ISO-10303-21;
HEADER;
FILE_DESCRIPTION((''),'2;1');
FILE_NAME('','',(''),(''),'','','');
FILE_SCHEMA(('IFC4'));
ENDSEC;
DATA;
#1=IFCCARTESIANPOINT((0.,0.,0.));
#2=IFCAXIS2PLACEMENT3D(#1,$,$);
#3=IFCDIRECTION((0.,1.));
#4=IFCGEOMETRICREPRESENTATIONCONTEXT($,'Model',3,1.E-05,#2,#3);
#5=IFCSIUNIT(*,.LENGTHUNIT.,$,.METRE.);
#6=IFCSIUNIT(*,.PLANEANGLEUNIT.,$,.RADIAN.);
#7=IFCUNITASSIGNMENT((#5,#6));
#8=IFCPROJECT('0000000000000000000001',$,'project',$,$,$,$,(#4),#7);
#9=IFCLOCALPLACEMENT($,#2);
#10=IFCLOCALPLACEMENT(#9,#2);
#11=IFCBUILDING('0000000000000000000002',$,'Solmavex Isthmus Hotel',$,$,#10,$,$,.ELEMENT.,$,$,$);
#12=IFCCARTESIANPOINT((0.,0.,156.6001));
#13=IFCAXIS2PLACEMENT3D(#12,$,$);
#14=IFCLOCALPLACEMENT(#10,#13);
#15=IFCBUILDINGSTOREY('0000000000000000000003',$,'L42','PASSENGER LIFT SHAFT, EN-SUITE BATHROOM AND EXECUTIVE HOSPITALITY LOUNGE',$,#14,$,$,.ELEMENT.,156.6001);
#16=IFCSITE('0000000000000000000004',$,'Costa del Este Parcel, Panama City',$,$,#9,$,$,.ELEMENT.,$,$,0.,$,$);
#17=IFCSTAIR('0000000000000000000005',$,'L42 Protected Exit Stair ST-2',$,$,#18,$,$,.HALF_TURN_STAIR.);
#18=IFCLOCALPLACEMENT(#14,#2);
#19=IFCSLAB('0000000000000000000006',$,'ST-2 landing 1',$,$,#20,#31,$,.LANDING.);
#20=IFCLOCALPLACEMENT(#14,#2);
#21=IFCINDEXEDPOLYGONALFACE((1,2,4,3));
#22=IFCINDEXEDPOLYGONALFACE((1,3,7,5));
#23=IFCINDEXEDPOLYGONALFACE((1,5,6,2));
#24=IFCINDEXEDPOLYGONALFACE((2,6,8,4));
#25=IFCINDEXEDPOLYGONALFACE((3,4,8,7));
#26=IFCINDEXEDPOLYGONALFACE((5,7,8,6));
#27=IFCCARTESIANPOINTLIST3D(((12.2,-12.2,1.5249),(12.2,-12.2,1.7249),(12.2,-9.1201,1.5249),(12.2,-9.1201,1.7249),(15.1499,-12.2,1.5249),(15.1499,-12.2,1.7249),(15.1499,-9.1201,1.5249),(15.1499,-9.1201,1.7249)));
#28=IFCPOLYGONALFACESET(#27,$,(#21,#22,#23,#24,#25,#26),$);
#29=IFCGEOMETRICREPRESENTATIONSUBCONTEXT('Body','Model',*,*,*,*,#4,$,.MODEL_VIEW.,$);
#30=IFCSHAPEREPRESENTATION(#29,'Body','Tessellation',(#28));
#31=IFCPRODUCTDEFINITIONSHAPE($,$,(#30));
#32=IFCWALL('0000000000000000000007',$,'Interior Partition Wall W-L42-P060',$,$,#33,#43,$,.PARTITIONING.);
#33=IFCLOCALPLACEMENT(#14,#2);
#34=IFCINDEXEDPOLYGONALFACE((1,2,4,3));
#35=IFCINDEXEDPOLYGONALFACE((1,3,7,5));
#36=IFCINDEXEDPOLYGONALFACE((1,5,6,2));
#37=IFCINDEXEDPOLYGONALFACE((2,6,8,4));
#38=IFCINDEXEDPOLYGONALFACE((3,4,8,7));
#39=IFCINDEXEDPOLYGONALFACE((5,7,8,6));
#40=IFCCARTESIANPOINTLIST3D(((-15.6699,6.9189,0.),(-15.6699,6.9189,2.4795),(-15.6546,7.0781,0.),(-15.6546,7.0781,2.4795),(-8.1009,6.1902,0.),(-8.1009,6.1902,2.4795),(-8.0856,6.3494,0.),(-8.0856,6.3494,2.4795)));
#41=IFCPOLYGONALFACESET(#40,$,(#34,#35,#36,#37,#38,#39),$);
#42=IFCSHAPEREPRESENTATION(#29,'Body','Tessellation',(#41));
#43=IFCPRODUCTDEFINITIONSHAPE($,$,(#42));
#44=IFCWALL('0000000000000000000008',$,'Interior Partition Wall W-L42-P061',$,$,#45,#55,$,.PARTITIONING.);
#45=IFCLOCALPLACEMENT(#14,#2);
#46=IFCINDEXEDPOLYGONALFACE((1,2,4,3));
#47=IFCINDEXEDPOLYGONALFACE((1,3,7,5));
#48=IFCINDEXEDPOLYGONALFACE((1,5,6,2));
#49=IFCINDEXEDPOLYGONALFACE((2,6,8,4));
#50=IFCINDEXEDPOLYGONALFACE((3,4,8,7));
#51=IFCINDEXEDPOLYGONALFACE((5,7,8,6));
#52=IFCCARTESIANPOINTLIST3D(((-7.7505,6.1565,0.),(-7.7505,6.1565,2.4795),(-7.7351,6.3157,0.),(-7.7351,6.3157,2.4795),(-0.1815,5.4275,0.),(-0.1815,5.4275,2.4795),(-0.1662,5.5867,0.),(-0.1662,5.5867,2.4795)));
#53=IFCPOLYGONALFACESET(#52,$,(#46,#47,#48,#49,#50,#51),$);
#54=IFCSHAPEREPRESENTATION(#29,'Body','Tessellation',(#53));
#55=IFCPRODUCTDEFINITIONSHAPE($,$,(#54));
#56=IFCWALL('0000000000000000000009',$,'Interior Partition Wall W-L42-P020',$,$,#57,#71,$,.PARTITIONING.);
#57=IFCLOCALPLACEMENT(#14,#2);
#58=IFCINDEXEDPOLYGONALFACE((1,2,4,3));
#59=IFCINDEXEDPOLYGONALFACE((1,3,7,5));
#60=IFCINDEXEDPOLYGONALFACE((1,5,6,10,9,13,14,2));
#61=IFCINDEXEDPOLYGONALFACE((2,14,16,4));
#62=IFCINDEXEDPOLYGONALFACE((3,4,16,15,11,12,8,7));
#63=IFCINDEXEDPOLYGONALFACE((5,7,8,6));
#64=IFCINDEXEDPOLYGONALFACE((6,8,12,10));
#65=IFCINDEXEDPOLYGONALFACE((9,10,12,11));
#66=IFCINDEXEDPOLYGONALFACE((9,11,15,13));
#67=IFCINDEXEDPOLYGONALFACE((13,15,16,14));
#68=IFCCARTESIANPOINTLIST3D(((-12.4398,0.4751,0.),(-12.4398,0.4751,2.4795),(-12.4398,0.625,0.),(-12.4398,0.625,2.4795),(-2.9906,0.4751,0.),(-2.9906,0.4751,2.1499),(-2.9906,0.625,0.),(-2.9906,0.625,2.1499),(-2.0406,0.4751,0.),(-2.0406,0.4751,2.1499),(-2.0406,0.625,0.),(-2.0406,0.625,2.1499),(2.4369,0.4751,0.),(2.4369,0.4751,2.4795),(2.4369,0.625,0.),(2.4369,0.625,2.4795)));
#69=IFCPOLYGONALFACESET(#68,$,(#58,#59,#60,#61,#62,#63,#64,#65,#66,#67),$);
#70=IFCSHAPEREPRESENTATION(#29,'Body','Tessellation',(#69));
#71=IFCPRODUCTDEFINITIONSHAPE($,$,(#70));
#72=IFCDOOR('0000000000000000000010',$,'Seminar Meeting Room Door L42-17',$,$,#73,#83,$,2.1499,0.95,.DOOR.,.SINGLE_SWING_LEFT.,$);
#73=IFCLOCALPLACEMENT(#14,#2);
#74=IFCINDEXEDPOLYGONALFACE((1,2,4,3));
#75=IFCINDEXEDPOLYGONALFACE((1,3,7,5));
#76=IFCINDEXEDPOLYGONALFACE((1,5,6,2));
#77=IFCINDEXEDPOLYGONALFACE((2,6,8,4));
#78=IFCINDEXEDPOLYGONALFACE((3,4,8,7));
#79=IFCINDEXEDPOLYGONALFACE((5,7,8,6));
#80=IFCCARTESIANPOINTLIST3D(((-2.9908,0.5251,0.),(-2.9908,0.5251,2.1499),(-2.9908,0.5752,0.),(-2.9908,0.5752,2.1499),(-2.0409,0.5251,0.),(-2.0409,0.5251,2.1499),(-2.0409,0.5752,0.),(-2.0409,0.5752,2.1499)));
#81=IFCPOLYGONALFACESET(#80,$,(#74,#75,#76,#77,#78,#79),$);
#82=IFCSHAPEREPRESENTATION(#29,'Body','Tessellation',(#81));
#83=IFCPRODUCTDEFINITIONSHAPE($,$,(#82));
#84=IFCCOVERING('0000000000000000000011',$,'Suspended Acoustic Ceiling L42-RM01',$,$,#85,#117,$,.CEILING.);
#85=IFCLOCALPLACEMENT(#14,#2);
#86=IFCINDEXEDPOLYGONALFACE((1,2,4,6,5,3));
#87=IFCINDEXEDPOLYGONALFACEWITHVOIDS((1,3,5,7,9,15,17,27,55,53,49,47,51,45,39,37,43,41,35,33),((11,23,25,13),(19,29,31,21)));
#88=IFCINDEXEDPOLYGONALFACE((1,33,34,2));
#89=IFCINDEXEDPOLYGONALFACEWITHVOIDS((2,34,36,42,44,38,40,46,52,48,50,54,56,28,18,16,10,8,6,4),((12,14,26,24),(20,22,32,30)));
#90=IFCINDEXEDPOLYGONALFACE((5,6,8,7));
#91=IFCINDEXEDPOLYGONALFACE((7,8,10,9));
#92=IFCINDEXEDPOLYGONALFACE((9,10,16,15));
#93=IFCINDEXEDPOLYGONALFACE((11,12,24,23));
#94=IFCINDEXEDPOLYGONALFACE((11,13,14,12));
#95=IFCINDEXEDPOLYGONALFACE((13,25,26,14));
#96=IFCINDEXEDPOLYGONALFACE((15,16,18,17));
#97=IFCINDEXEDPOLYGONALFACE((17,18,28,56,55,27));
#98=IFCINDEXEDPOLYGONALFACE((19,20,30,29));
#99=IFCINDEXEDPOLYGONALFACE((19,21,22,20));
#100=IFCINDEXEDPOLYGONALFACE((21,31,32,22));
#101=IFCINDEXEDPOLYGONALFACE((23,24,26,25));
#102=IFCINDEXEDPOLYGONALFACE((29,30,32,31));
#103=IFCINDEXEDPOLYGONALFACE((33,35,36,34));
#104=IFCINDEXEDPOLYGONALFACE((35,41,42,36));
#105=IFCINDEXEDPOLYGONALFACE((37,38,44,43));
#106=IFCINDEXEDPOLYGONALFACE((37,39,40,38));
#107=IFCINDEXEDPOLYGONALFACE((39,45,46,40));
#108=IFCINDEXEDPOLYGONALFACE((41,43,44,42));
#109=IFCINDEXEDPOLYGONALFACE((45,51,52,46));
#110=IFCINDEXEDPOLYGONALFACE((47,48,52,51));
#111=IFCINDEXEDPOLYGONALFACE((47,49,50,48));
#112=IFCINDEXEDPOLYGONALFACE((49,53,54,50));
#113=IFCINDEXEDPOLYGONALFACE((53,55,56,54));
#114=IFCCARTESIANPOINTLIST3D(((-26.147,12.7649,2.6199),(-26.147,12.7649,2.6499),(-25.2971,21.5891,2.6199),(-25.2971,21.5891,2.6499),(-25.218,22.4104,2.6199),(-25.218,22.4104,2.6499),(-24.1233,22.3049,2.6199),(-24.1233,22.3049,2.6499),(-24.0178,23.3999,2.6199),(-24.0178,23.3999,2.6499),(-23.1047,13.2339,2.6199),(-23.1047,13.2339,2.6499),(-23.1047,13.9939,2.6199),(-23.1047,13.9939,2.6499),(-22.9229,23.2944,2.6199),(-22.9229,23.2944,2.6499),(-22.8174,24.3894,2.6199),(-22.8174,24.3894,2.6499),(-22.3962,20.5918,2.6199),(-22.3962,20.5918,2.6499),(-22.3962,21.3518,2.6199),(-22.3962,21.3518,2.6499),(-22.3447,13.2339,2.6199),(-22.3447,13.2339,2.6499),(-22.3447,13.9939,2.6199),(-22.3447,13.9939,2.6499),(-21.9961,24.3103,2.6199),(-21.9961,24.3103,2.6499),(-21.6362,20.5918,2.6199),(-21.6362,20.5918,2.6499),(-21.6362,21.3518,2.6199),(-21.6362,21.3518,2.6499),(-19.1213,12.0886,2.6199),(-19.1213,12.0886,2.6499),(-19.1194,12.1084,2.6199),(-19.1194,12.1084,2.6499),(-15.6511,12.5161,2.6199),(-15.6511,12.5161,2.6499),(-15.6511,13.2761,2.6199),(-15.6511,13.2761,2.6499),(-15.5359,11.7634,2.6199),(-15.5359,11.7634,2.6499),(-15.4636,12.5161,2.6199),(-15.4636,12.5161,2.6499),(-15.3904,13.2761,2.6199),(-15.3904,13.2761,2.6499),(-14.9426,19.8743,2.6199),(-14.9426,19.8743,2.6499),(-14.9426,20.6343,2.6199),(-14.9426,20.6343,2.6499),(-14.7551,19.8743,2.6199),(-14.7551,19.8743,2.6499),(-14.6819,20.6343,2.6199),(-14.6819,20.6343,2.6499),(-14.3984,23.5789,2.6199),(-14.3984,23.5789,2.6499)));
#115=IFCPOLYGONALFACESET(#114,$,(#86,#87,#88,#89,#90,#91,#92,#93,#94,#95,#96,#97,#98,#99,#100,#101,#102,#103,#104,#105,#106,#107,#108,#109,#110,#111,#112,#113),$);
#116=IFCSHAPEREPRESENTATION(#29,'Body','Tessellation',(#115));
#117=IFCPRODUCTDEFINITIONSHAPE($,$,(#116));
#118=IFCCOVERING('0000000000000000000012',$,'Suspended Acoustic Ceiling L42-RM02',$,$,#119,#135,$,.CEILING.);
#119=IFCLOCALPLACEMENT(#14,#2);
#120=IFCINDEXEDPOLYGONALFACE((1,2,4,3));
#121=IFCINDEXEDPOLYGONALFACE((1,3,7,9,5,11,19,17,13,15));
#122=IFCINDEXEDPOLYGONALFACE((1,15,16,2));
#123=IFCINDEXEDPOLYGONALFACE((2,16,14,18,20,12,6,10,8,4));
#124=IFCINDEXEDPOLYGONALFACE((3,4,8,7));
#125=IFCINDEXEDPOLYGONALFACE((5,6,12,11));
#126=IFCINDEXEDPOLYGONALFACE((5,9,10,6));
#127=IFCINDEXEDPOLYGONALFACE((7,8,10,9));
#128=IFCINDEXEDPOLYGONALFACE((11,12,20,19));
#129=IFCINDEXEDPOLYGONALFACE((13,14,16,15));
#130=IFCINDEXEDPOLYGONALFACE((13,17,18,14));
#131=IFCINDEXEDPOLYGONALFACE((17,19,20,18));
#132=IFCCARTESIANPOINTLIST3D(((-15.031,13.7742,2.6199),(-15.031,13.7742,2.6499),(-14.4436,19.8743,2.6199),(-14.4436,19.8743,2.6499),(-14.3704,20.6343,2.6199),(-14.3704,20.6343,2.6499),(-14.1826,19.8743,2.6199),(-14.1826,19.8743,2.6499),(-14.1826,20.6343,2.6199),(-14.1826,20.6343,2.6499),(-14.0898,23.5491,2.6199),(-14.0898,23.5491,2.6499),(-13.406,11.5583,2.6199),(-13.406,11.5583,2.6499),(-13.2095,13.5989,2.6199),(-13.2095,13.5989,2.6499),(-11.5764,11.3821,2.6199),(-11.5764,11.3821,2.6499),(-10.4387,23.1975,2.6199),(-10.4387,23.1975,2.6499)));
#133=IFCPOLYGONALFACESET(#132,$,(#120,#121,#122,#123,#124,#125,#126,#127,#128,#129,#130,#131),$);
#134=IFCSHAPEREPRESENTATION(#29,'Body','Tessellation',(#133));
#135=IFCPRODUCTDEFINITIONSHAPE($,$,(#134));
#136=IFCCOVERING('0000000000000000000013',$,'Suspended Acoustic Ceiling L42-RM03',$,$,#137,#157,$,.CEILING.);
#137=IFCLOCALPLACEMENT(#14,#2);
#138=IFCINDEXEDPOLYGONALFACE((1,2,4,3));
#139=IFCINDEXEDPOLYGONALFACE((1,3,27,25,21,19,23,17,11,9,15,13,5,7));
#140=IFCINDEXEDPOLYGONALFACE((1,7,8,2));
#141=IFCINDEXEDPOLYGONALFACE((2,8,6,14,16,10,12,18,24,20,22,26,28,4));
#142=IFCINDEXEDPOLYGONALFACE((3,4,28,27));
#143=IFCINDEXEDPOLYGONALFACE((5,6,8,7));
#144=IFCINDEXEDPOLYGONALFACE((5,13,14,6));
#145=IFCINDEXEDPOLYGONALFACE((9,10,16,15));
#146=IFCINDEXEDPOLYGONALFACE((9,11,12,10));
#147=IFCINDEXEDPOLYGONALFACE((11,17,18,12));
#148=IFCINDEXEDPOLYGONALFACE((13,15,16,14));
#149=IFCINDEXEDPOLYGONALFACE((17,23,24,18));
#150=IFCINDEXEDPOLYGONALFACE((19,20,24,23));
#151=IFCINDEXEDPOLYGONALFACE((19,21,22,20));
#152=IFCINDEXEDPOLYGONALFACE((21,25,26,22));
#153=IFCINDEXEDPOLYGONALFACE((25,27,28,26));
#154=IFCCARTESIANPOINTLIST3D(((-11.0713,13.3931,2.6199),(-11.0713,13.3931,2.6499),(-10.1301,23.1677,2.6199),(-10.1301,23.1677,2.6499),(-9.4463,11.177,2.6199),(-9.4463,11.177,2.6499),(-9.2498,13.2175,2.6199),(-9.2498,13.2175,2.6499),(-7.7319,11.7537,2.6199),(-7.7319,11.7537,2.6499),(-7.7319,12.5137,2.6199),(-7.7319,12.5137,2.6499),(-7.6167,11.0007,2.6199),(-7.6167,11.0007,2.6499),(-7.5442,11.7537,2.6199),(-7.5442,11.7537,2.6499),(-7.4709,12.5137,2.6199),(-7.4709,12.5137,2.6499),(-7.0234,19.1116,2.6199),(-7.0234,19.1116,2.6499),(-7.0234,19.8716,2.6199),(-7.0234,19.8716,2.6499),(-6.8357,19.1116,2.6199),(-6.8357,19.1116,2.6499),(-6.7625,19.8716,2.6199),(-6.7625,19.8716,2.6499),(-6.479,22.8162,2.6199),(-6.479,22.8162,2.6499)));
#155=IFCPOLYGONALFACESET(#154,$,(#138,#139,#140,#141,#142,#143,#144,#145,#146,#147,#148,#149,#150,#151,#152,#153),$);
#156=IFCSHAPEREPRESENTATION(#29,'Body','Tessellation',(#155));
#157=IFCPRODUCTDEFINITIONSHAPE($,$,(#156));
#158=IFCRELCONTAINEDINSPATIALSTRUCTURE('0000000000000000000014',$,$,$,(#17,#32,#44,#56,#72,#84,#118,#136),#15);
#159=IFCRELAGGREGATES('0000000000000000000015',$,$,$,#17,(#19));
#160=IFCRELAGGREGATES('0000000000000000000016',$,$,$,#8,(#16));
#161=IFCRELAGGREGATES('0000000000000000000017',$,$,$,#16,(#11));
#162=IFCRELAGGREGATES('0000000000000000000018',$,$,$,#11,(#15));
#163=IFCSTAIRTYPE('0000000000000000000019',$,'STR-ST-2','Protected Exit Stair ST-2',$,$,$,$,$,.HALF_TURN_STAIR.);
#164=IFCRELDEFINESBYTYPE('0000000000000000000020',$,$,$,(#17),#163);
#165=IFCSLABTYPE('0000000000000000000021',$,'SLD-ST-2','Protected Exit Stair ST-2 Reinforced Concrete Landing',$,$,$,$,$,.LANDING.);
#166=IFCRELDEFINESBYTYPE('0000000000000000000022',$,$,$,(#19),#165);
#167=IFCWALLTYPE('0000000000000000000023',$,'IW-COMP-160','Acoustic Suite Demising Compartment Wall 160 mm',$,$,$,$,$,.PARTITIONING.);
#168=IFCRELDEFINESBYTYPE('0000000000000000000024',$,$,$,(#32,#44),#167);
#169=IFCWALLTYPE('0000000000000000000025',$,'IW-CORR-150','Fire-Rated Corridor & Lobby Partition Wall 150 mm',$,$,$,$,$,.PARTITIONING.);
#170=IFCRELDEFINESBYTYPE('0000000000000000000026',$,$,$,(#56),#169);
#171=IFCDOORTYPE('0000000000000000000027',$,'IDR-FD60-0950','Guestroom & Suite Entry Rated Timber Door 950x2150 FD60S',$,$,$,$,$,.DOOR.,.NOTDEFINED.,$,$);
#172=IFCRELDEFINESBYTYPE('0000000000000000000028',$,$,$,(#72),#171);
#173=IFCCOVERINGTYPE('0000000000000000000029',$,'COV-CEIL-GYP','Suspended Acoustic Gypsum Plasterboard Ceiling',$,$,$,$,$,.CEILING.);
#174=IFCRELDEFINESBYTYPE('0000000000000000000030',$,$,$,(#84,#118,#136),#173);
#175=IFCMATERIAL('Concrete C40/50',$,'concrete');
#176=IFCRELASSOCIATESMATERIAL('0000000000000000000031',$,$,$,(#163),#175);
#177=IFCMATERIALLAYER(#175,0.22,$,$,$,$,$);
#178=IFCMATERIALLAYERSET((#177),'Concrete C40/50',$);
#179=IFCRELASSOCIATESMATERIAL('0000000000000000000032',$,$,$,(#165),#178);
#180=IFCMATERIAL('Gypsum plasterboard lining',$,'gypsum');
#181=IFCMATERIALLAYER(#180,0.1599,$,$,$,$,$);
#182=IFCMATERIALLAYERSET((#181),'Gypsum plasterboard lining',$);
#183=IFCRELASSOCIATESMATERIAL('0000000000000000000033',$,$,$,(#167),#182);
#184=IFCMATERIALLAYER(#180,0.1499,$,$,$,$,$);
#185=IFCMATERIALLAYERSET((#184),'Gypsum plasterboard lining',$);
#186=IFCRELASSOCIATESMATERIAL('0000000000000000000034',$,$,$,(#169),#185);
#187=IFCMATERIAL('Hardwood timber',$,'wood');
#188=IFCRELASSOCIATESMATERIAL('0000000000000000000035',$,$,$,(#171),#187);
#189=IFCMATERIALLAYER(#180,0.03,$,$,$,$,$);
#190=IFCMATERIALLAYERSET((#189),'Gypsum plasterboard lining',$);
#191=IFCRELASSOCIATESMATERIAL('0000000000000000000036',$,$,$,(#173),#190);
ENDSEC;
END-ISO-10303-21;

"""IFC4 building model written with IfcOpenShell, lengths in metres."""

from ifc_helpers import new_model, si_unit, direction, frame, frame_2d, origin, place, context, subcontext, project, spatial, polyline, rectangle, outline, extrude, material, layer, layer_set, type_object, element, fill, aggregate, save


model = new_model("IFC4")

# Units and contexts
model_context = context("Model", 3, precision=1e-05, world=origin(), true_north=direction((0.0, 1.0)))
body_context = subcontext(model_context, "Body", "Model", "MODEL_VIEW")
ifc_project = project(units=[si_unit("LENGTHUNIT", "METRE"), si_unit("PLANEANGLEUNIT", "RADIAN")], contexts=[model_context])

# Site, building, storey
site_placement = place(None, origin())
site = spatial("IfcSite", under=ifc_project, at=site_placement, Name="Costa del Este Parcel, Panama City", CompositionType="ELEMENT", RefElevation=0.0)
building_placement = place(site_placement, origin())
building = spatial("IfcBuilding", under=site, at=building_placement, Name="Solmavex Isthmus Hotel", CompositionType="ELEMENT")
storey_placement = place(building_placement, frame((0.0, 0.0, 156.6001)))
storey = spatial("IfcBuildingStorey", under=building, at=storey_placement, Name="L42", Description="PASSENGER LIFT SHAFT, EN-SUITE BATHROOM AND EXECUTIVE HOSPITALITY LOUNGE", CompositionType="ELEMENT", Elevation=156.6001)

# Shared definitions
ifc_material_1 = material(Name="Concrete C40/50", Category="concrete")

# Stair, slab
stair_type_1 = type_object("IfcStairType", Name="STR-ST-2", Description="Protected Exit Stair ST-2", PredefinedType="HALF_TURN_STAIR", material=ifc_material_1)
stair_1_placement = place(storey_placement, origin())
stair_1 = element("IfcStair", 1, at=stair_1_placement, inside=storey, type_object=stair_type_1, Name="L42 Protected Exit Stair ST-2", PredefinedType="HALF_TURN_STAIR")
ifc_layer_1 = layer(ifc_material_1, 0.22)
ifc_layer_set_1 = layer_set([ifc_layer_1], Name="Concrete C40/50")
slab_type_1 = type_object("IfcSlabType", Name="SLD-ST-2", Description="Protected Exit Stair ST-2 Reinforced Concrete Landing", PredefinedType="LANDING", material=ifc_layer_set_1)
slab_1_placement = place(storey_placement, frame((0.0, 0.0, 1.5249)))
slab_1 = element("IfcSlab", 2, at=slab_1_placement, type_object=slab_type_1, Name="ST-2 landing 1", PredefinedType="LANDING", context=body_context, shape_type="SweptSolid", body=[
    extrude(outline(polyline([(12.2, -9.1201), (12.2, -12.2), (15.1499, -12.2), (15.1499, -9.1201), (12.2, -9.1201)])), origin(), (0.0, 0.0, 1.0), 0.2),
])
aggregate(stair_1, [slab_1])

# Walls
ifc_material_2 = material(Name="Gypsum plasterboard lining", Category="gypsum")
ifc_layer_2 = layer(ifc_material_2, 0.1599)
ifc_layer_set_2 = layer_set([ifc_layer_2], Name="Gypsum plasterboard lining")
wall_type_1 = type_object("IfcWallType", Name="IW-COMP-160", Description="Acoustic Suite Demising Compartment Wall 160 mm", PredefinedType="PARTITIONING", material=ifc_layer_set_2)
for number, where, z_axis, x_axis, name in (
    (3, (-8.0933, 6.2698, 0.0), (0.0, 0.0, 1.0), (-0.995397, 0.095838, 0.0), "Interior Partition Wall W-L42-P060"),
    (4, (-0.1738, 5.5071, 0.0), (0.0, 0.0, 1.0), (-0.995394, 0.09587, 0.0), "Interior Partition Wall W-L42-P061"),
):
    element("IfcWall", number, at=place(storey_placement, frame(where, z_axis=z_axis, x_axis=x_axis)), inside=storey, type_object=wall_type_1, Name=name, PredefinedType="PARTITIONING", context=body_context, shape_type="SweptSolid", body=[
        extrude(rectangle(XDim=7.604, YDim=0.1599, at=frame_2d((3.802, 0.0))), origin(), (0.0, 0.0, 1.0), 2.4795),
    ])

# Wall, opening, door
ifc_layer_3 = layer(ifc_material_2, 0.1499)
ifc_layer_set_3 = layer_set([ifc_layer_3], Name="Gypsum plasterboard lining")
wall_type_2 = type_object("IfcWallType", Name="IW-CORR-150", Description="Fire-Rated Corridor & Lobby Partition Wall 150 mm", PredefinedType="PARTITIONING", material=ifc_layer_set_3)
wall_placement = place(storey_placement, frame((-12.4399, 0.55, 0.0), z_axis=(0.0, 0.0, 1.0), x_axis=(1.0, 0.0, 0.0)))
wall = element("IfcWall", 5, at=wall_placement, inside=storey, type_object=wall_type_2, Name="Interior Partition Wall W-L42-P020", PredefinedType="PARTITIONING", context=body_context, shape_type="SweptSolid", body=[
    extrude(rectangle(XDim=14.8767, YDim=0.1499, at=frame_2d((7.4385, 0.0))), origin(), (0.0, 0.0, 1.0), 2.4795),
])
opening_placement = place(wall_placement, frame((9.4492, 0.0, 0.0)))
opening = element("IfcOpeningElement", 6, at=opening_placement, cuts=wall, PredefinedType="OPENING", context=body_context, shape_type="SweptSolid", body=[
    extrude(rectangle(XDim=0.95, YDim=2.1499, at=frame_2d((0.4751, 1.075))), frame((0.0, 0.085, 0.0), z_axis=(0.0, -1.0, 0.0), x_axis=(1.0, 0.0, 0.0)), (0.0, 0.0, 1.0), 0.1699),
])
ifc_material_3 = material(Name="Hardwood timber", Category="wood")
door_type = type_object("IfcDoorType", Name="IDR-FD60-0950", Description="Guestroom & Suite Entry Rated Timber Door 950x2150 FD60S", OperationType="NOTDEFINED", PredefinedType="DOOR", material=ifc_material_3)
door_placement = place(opening_placement, frame((0.95, 0.0, 0.0), z_axis=(0.0, 0.0, 1.0), x_axis=(-1.0, 0.0, 0.0)))
door = element("IfcDoor", 7, at=door_placement, inside=storey, type_object=door_type, Name="Seminar Meeting Room Door L42-17", OperationType="SINGLE_SWING_LEFT", OverallHeight=2.1499, OverallWidth=0.95, PredefinedType="DOOR", context=body_context, shape_type="SweptSolid", body=[
    extrude(rectangle(XDim=0.95, YDim=2.1499, at=frame_2d((0.4751, 1.075))), frame((0.0, 0.0249, 0.0), z_axis=(0.0, -1.0, 0.0), x_axis=(1.0, 0.0, 0.0)), (0.0, 0.0, 1.0), 0.05),
])
fill(opening, door)

# Coverings
ifc_layer_4 = layer(ifc_material_2, 0.03)
ifc_layer_set_4 = layer_set([ifc_layer_4], Name="Gypsum plasterboard lining")
covering_type_1 = type_object("IfcCoveringType", Name="COV-CEIL-GYP", Description="Suspended Acoustic Gypsum Plasterboard Ceiling", PredefinedType="CEILING", material=ifc_layer_set_4)
covering_1_placement = place(storey_placement, frame((0.0, 0.0, 2.6199)))
element("IfcCovering", 8, at=covering_1_placement, inside=storey, type_object=covering_type_1, Name="Suspended Acoustic Ceiling L42-RM01", PredefinedType="CEILING", context=body_context, shape_type="SweptSolid", body=[
    extrude(outline(polyline([(-19.1213, 12.0886), (-19.1194, 12.1084), (-15.5359, 11.7634), (-15.4636, 12.5161), (-15.6511, 12.5161), (-15.6511, 13.2761), (-15.3904, 13.2761), (-14.7551, 19.8743), (-14.9426, 19.8743), (-14.9426, 20.6343), (-14.6819, 20.6343), (-14.3984, 23.5789), (-21.9961, 24.3103), (-22.8174, 24.3894), (-22.9229, 23.2944), (-24.0178, 23.3999), (-24.1233, 22.3049), (-25.218, 22.4104), (-25.2971, 21.5891), (-26.147, 12.7649), (-19.1213, 12.0886)]), holes=[polyline([(-22.3962, 20.5918), (-22.3962, 21.3518), (-21.6362, 21.3518), (-21.6362, 20.5918), (-22.3962, 20.5918)]), polyline([(-23.1047, 13.2339), (-23.1047, 13.9939), (-22.3447, 13.9939), (-22.3447, 13.2339), (-23.1047, 13.2339)])]), origin(), (0.0, 0.0, 1.0), 0.03),
])
covering_2_placement = place(storey_placement, frame((0.0, 0.0, 2.6199)))
element("IfcCovering", 9, at=covering_2_placement, inside=storey, type_object=covering_type_1, Name="Suspended Acoustic Ceiling L42-RM02", PredefinedType="CEILING", context=body_context, shape_type="SweptSolid", body=[
    extrude(outline(polyline([(-14.3704, 20.6343), (-14.1826, 20.6343), (-14.1826, 19.8743), (-14.4436, 19.8743), (-15.031, 13.7742), (-13.2095, 13.5989), (-13.406, 11.5583), (-11.5764, 11.3821), (-10.4387, 23.1975), (-14.0898, 23.5491), (-14.3704, 20.6343)])), origin(), (0.0, 0.0, 1.0), 0.03),
])
covering_3_placement = place(storey_placement, frame((0.0, 0.0, 2.6199)))
element("IfcCovering", 10, at=covering_3_placement, inside=storey, type_object=covering_type_1, Name="Suspended Acoustic Ceiling L42-RM03", PredefinedType="CEILING", context=body_context, shape_type="SweptSolid", body=[
    extrude(outline(polyline([(-6.8357, 19.1116), (-7.0234, 19.1116), (-7.0234, 19.8716), (-6.7625, 19.8716), (-6.479, 22.8162), (-10.1301, 23.1677), (-11.0713, 13.3931), (-9.2498, 13.2175), (-9.4463, 11.177), (-7.6167, 11.0007), (-7.5442, 11.7537), (-7.7319, 11.7537), (-7.7319, 12.5137), (-7.4709, 12.5137), (-6.8357, 19.1116)])), origin(), (0.0, 0.0, 1.0), 0.03),
])

save(model, "model.ifc")
